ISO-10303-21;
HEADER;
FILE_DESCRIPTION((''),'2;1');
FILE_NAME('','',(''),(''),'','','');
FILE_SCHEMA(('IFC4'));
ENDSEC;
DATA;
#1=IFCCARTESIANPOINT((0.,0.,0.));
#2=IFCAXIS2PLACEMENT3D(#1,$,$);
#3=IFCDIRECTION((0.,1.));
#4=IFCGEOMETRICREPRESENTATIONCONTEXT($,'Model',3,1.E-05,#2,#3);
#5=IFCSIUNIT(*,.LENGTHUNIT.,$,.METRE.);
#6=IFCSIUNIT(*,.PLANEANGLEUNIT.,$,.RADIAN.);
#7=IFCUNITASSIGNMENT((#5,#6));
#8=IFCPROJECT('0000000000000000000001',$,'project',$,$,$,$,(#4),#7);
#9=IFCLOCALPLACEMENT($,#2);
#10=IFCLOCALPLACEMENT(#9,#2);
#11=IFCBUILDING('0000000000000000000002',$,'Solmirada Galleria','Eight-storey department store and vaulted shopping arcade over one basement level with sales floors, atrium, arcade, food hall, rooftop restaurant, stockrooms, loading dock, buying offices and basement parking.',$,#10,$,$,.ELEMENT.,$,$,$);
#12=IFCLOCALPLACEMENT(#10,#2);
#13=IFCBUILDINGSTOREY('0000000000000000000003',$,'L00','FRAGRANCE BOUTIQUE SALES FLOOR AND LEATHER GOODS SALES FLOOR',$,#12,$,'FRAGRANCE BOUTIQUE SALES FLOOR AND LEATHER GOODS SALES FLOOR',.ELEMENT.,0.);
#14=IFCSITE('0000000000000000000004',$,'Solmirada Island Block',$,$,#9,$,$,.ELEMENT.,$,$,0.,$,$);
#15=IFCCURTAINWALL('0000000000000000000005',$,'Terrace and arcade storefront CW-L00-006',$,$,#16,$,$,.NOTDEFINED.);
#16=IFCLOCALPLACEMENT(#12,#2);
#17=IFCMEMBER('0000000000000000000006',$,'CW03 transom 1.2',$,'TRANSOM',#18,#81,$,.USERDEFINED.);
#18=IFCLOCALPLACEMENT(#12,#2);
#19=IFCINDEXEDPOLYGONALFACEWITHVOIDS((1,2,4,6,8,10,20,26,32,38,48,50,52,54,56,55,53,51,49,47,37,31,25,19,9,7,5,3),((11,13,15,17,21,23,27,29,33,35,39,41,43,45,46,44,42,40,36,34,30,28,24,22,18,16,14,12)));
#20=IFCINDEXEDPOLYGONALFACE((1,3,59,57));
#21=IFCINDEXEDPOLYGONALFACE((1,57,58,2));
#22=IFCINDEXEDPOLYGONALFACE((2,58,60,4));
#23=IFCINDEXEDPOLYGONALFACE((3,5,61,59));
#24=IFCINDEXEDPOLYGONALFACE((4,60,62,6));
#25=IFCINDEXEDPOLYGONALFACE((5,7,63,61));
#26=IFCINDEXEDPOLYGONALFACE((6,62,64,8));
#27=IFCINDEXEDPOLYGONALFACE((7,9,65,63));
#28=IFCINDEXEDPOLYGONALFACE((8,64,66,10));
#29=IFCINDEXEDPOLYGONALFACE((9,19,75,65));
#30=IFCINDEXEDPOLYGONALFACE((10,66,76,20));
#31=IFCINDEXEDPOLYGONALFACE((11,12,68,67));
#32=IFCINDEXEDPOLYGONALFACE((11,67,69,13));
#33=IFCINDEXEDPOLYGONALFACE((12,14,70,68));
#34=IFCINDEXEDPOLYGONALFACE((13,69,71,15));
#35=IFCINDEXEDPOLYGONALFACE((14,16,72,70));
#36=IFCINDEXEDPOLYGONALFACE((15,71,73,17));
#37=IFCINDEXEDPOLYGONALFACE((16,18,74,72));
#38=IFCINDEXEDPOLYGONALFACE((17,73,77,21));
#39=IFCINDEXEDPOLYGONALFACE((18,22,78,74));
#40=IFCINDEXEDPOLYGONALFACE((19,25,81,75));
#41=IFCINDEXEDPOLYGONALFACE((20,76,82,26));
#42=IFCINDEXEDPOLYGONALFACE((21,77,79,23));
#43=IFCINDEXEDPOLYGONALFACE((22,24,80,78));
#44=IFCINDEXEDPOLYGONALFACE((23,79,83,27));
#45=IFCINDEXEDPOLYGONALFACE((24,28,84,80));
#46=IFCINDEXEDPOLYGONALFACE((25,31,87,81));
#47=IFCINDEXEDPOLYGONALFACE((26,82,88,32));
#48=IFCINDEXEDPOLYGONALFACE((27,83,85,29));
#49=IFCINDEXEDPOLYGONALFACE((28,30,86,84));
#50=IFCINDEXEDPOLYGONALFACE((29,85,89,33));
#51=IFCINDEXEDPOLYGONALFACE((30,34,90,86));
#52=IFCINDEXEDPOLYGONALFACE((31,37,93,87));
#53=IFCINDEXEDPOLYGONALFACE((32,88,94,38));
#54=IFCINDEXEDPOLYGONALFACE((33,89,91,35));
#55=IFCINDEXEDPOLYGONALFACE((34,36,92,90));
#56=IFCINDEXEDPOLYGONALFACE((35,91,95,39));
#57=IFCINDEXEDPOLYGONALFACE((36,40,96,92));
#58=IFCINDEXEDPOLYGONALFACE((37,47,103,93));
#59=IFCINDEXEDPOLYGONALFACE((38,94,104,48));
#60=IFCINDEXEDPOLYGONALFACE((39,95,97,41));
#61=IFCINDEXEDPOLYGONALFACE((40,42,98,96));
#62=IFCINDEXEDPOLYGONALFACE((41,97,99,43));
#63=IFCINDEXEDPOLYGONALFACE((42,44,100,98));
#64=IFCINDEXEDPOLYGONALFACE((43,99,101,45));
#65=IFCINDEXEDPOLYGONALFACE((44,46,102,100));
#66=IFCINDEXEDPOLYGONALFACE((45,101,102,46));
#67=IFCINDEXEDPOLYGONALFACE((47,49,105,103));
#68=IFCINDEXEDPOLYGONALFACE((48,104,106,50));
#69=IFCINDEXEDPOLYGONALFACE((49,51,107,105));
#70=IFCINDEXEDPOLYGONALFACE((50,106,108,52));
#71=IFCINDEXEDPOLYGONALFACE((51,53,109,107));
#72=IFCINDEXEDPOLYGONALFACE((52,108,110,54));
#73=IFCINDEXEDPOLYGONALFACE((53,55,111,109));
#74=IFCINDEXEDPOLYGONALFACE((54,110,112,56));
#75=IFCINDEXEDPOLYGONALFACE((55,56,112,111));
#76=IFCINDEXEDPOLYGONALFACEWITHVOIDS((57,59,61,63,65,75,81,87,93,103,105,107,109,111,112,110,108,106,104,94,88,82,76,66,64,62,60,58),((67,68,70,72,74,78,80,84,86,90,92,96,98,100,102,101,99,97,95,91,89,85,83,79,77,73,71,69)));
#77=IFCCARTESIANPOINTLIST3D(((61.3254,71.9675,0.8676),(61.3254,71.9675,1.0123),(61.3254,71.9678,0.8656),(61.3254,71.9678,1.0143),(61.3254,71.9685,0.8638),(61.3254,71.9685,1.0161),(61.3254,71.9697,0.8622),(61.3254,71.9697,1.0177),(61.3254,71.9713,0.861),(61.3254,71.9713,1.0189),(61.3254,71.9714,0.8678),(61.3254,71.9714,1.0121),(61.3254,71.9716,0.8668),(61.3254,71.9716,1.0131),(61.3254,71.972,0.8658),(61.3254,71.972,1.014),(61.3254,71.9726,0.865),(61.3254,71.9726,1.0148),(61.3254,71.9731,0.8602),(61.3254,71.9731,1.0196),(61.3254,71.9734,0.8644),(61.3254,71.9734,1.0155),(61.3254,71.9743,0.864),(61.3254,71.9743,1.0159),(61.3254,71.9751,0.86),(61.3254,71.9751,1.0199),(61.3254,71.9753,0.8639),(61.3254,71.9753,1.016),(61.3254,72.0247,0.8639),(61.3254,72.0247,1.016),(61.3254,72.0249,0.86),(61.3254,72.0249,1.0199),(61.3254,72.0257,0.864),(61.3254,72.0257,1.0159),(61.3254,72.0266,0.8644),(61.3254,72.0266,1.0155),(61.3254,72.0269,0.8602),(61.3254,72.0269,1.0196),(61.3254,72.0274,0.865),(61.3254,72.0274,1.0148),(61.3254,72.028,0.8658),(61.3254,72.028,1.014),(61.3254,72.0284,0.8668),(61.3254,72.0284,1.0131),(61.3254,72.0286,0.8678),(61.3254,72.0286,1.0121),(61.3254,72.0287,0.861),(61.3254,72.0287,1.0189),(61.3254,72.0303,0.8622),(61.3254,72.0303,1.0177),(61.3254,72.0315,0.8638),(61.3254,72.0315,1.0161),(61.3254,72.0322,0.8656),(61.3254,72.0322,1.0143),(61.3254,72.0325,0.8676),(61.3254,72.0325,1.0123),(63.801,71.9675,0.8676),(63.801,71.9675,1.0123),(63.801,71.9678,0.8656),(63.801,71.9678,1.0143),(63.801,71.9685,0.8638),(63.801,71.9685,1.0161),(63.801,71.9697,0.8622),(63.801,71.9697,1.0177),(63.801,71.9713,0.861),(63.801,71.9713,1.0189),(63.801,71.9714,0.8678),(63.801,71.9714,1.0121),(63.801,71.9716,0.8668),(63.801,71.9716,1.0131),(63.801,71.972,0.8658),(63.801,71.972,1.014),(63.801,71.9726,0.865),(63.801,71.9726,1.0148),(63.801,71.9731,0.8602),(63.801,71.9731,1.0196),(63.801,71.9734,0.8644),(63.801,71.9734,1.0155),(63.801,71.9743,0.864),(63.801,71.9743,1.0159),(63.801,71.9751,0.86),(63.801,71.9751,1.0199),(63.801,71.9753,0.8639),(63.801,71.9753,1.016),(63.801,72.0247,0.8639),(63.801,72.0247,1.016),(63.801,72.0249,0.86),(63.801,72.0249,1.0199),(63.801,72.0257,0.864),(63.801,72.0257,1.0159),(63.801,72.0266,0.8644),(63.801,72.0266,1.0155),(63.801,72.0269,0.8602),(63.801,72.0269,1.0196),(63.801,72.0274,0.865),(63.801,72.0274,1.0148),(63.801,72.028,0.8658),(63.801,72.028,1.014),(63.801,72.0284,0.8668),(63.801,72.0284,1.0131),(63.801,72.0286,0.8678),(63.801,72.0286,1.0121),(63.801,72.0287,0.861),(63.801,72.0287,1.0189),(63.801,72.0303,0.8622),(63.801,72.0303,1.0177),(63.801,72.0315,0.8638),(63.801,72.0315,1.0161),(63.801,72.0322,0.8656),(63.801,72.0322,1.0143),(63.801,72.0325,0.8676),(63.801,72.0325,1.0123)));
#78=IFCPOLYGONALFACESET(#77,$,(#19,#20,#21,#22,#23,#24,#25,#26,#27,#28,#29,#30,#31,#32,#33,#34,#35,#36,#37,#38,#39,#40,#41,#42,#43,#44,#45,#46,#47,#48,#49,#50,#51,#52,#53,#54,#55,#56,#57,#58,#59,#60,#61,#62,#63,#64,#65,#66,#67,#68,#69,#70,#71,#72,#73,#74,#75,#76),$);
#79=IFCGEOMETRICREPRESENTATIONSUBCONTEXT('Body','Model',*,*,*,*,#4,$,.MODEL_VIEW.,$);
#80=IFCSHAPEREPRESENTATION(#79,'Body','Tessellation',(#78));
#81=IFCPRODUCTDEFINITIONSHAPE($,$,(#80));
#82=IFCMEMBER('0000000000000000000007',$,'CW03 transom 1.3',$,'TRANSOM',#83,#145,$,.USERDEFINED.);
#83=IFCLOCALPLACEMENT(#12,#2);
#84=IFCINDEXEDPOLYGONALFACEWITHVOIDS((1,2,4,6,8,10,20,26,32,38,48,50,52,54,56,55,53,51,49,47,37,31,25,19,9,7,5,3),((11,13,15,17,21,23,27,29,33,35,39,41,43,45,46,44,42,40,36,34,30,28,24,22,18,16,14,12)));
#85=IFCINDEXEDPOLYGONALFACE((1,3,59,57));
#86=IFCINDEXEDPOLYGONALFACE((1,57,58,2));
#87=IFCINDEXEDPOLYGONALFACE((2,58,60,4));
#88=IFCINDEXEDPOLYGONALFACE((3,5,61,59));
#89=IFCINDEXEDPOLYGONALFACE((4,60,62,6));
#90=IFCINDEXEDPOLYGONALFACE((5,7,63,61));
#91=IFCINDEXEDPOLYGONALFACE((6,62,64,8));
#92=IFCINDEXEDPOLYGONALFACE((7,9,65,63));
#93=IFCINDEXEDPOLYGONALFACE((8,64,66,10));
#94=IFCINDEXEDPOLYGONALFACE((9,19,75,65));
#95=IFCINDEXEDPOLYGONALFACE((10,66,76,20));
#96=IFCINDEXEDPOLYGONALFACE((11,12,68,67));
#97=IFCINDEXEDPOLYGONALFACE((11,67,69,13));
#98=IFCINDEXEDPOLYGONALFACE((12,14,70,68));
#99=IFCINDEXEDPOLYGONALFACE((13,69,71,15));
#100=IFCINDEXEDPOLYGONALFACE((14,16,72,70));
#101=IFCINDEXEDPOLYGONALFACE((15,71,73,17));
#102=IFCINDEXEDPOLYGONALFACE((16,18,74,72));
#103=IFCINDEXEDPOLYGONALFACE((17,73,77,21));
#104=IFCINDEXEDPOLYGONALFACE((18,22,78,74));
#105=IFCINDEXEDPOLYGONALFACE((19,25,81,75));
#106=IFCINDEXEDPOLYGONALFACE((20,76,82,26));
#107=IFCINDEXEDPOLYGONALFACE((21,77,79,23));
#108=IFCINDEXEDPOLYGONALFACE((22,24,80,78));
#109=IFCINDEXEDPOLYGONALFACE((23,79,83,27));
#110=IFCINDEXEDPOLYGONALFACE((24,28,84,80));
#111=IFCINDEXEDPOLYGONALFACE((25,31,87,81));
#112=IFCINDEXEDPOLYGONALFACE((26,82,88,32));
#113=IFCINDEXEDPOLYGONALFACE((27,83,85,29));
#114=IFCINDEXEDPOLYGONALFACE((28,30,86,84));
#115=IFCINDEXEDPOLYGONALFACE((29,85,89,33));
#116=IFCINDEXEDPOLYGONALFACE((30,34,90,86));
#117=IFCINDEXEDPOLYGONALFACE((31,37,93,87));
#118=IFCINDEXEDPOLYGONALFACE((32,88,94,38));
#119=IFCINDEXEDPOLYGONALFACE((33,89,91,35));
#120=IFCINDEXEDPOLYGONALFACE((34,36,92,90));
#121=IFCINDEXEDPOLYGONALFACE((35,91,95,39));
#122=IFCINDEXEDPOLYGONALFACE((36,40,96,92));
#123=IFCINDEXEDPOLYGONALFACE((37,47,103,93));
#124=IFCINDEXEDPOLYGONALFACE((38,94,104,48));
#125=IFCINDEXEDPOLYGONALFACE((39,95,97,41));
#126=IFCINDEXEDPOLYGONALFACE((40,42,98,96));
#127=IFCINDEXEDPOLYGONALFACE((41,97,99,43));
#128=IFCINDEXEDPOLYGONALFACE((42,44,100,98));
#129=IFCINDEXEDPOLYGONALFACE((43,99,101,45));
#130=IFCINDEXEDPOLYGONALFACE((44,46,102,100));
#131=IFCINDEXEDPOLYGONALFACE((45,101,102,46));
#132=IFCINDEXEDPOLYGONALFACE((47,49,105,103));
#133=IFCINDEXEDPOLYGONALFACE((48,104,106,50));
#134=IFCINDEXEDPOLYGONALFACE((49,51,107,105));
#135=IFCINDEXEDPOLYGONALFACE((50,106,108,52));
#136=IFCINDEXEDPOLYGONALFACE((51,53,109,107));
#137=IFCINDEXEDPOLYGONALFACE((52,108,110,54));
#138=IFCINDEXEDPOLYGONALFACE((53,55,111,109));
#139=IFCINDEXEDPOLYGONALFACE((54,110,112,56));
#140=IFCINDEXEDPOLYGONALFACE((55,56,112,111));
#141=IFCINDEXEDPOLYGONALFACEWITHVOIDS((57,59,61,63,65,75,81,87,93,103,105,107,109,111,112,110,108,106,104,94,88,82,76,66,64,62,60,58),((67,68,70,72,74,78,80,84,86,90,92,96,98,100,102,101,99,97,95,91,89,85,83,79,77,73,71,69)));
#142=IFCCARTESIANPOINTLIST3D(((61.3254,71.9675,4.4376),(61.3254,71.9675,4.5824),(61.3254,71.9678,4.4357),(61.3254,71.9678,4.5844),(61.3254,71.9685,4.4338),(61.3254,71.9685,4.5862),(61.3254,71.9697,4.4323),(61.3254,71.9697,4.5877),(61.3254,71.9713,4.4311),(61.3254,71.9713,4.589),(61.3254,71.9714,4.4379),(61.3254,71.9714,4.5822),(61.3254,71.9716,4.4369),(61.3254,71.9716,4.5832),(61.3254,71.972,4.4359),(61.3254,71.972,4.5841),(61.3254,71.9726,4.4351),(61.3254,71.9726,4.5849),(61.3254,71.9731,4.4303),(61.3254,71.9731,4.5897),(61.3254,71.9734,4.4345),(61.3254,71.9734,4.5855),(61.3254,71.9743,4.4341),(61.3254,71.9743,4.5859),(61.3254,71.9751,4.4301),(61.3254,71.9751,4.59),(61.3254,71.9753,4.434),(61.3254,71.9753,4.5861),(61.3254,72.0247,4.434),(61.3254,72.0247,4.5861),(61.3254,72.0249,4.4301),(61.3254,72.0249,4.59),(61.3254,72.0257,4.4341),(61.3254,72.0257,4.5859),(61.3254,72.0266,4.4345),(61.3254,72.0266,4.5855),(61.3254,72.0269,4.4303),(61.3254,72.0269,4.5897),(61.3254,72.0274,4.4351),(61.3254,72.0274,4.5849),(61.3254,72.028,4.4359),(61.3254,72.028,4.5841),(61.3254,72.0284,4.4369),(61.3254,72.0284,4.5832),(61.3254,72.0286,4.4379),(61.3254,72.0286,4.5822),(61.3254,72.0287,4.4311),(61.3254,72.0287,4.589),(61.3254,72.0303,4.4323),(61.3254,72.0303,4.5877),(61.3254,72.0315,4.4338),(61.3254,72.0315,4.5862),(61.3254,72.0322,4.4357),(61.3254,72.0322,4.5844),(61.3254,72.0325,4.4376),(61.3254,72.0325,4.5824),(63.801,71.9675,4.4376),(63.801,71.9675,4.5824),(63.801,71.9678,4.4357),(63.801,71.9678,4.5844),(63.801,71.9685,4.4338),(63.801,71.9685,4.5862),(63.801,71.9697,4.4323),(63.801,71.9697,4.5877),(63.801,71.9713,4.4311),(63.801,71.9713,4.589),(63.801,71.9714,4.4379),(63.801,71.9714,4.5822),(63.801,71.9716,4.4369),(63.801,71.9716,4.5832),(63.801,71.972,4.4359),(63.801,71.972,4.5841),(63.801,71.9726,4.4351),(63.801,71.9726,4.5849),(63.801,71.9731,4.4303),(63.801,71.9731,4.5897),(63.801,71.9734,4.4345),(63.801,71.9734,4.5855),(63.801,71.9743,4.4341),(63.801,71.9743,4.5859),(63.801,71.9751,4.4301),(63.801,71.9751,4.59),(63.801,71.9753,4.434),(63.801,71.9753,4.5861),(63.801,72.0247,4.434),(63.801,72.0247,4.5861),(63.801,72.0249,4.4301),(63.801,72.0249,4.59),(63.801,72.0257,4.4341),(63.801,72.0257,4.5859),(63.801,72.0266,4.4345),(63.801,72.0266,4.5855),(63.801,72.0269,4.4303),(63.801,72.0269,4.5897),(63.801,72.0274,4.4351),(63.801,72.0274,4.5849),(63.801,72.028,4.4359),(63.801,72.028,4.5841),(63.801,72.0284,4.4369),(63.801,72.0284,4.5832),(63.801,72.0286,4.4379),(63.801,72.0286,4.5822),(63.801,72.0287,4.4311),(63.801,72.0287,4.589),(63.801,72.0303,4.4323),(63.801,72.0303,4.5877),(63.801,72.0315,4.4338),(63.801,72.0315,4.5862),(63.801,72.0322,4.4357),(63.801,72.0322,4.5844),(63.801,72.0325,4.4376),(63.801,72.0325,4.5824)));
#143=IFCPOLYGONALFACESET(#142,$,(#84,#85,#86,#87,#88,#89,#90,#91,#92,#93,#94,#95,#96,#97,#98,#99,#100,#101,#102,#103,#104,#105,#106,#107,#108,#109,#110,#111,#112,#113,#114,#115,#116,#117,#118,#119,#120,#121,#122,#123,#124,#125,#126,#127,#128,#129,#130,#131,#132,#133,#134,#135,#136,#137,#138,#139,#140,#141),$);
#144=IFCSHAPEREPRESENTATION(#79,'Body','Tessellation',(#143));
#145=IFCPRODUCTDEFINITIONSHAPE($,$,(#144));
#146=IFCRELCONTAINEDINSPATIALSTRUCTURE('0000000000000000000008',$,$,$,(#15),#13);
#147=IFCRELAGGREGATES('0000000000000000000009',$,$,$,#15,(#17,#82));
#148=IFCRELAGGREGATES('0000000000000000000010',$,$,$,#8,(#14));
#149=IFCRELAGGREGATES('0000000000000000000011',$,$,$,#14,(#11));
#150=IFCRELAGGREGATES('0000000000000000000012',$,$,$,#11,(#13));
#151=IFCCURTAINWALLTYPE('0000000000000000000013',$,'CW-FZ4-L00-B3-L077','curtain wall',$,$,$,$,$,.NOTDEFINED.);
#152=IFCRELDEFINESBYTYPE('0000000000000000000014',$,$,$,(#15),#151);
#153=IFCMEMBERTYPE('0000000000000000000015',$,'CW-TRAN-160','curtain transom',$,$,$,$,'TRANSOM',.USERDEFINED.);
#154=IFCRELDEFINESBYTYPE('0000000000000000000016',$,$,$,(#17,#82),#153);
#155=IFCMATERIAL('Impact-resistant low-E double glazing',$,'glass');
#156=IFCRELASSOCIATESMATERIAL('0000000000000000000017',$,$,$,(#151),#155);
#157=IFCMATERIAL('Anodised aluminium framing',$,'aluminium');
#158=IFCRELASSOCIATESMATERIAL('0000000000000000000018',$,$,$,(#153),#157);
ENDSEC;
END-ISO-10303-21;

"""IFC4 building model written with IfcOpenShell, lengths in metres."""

from ifc_helpers import new_model, si_unit, direction, frame, origin, origin_2d, place, context, subcontext, project, spatial, hollow_rectangle, extrude, material, material_profile, profile_set, type_object, element, aggregate, save


model = new_model("IFC4")

# Units and contexts
model_context = context("Model", 3, precision=1e-05, world=origin(), true_north=direction((0.0, 1.0)))
body_context = subcontext(model_context, "Body", "Model", "MODEL_VIEW")
ifc_project = project(units=[si_unit("LENGTHUNIT", "METRE"), si_unit("PLANEANGLEUNIT", "RADIAN")], contexts=[model_context])

# Site, building, storey
site_placement = place(None, origin())
site = spatial("IfcSite", under=ifc_project, at=site_placement, Name="Solmirada Island Block", CompositionType="ELEMENT", RefElevation=0.0)
building_placement = place(site_placement, origin())
building = spatial("IfcBuilding", under=site, at=building_placement, Name="Solmirada Galleria", Description="Eight-storey department store and vaulted shopping arcade over one basement level with sales floors, atrium, arcade, food hall, rooftop restaurant, stockrooms, loading dock, buying offices and basement parking.", CompositionType="ELEMENT")
storey_placement = place(building_placement, origin())
storey = spatial("IfcBuildingStorey", under=building, at=storey_placement, Name="L00", Description="FRAGRANCE BOUTIQUE SALES FLOOR AND LEATHER GOODS SALES FLOOR", LongName="FRAGRANCE BOUTIQUE SALES FLOOR AND LEATHER GOODS SALES FLOOR", CompositionType="ELEMENT", Elevation=0.0)

# Curtain wall
ifc_material_1 = material(Name="Impact-resistant low-E double glazing", Category="glass")
curtain_wall_type_1 = type_object("IfcCurtainWallType", Name="CW-FZ4-L00-B3-L077", Description="curtain wall", PredefinedType="NOTDEFINED", material=ifc_material_1)
curtain_wall_1_placement = place(storey_placement, origin())
curtain_wall_1 = element("IfcCurtainWall", 1, at=curtain_wall_1_placement, inside=storey, type_object=curtain_wall_type_1, Name="Terrace and arcade storefront CW-L00-006", PredefinedType="NOTDEFINED")
ifc_material_2 = material(Name="Anodised aluminium framing", Category="aluminium")

# Members
ifc_material_profile_1 = material_profile(ifc_material_2, hollow_rectangle(XDim=0.0649, YDim=0.1599, WallThickness=0.0039, InnerFilletRadius=0.0039, OuterFilletRadius=0.0076, at=origin_2d()), Name="ALU-TRAN-160X65")
ifc_profile_set_1 = profile_set([ifc_material_profile_1], Name="Anodised aluminium framing")
member_type_1 = type_object("IfcMemberType", Name="CW-TRAN-160", Description="curtain transom", ElementType="TRANSOM", PredefinedType="USERDEFINED", material=ifc_profile_set_1)
member_1_placement = place(storey_placement, frame((63.801, 72.0, 0.9399), z_axis=(-1.0, 0.0, 0.0), x_axis=(0.0, -1.0, 0.0)))
member_1 = element("IfcMember", 2, at=member_1_placement, type_object=member_type_1, Name="CW03 transom 1.2", ObjectType="TRANSOM", PredefinedType="USERDEFINED", context=body_context, shape_type="SweptSolid", body=[
    extrude(hollow_rectangle(XDim=0.0649, YDim=0.1599, WallThickness=0.0039, InnerFilletRadius=0.0039, OuterFilletRadius=0.0076, at=origin_2d()), origin(), (0.0, 0.0, 1.0), 2.4756),
])
member_2_placement = place(storey_placement, frame((63.801, 72.0, 4.51), z_axis=(-1.0, 0.0, 0.0), x_axis=(0.0, -1.0, 0.0)))
member_2 = element("IfcMember", 3, at=member_2_placement, type_object=member_type_1, Name="CW03 transom 1.3", ObjectType="TRANSOM", PredefinedType="USERDEFINED", context=body_context, shape_type="SweptSolid", body=[
    extrude(hollow_rectangle(XDim=0.0649, YDim=0.1599, WallThickness=0.0039, InnerFilletRadius=0.0039, OuterFilletRadius=0.0076, at=origin_2d()), origin(), (0.0, 0.0, 1.0), 2.4756),
])

aggregate(curtain_wall_1, [member_1, member_2])

save(model, "model.ifc")
